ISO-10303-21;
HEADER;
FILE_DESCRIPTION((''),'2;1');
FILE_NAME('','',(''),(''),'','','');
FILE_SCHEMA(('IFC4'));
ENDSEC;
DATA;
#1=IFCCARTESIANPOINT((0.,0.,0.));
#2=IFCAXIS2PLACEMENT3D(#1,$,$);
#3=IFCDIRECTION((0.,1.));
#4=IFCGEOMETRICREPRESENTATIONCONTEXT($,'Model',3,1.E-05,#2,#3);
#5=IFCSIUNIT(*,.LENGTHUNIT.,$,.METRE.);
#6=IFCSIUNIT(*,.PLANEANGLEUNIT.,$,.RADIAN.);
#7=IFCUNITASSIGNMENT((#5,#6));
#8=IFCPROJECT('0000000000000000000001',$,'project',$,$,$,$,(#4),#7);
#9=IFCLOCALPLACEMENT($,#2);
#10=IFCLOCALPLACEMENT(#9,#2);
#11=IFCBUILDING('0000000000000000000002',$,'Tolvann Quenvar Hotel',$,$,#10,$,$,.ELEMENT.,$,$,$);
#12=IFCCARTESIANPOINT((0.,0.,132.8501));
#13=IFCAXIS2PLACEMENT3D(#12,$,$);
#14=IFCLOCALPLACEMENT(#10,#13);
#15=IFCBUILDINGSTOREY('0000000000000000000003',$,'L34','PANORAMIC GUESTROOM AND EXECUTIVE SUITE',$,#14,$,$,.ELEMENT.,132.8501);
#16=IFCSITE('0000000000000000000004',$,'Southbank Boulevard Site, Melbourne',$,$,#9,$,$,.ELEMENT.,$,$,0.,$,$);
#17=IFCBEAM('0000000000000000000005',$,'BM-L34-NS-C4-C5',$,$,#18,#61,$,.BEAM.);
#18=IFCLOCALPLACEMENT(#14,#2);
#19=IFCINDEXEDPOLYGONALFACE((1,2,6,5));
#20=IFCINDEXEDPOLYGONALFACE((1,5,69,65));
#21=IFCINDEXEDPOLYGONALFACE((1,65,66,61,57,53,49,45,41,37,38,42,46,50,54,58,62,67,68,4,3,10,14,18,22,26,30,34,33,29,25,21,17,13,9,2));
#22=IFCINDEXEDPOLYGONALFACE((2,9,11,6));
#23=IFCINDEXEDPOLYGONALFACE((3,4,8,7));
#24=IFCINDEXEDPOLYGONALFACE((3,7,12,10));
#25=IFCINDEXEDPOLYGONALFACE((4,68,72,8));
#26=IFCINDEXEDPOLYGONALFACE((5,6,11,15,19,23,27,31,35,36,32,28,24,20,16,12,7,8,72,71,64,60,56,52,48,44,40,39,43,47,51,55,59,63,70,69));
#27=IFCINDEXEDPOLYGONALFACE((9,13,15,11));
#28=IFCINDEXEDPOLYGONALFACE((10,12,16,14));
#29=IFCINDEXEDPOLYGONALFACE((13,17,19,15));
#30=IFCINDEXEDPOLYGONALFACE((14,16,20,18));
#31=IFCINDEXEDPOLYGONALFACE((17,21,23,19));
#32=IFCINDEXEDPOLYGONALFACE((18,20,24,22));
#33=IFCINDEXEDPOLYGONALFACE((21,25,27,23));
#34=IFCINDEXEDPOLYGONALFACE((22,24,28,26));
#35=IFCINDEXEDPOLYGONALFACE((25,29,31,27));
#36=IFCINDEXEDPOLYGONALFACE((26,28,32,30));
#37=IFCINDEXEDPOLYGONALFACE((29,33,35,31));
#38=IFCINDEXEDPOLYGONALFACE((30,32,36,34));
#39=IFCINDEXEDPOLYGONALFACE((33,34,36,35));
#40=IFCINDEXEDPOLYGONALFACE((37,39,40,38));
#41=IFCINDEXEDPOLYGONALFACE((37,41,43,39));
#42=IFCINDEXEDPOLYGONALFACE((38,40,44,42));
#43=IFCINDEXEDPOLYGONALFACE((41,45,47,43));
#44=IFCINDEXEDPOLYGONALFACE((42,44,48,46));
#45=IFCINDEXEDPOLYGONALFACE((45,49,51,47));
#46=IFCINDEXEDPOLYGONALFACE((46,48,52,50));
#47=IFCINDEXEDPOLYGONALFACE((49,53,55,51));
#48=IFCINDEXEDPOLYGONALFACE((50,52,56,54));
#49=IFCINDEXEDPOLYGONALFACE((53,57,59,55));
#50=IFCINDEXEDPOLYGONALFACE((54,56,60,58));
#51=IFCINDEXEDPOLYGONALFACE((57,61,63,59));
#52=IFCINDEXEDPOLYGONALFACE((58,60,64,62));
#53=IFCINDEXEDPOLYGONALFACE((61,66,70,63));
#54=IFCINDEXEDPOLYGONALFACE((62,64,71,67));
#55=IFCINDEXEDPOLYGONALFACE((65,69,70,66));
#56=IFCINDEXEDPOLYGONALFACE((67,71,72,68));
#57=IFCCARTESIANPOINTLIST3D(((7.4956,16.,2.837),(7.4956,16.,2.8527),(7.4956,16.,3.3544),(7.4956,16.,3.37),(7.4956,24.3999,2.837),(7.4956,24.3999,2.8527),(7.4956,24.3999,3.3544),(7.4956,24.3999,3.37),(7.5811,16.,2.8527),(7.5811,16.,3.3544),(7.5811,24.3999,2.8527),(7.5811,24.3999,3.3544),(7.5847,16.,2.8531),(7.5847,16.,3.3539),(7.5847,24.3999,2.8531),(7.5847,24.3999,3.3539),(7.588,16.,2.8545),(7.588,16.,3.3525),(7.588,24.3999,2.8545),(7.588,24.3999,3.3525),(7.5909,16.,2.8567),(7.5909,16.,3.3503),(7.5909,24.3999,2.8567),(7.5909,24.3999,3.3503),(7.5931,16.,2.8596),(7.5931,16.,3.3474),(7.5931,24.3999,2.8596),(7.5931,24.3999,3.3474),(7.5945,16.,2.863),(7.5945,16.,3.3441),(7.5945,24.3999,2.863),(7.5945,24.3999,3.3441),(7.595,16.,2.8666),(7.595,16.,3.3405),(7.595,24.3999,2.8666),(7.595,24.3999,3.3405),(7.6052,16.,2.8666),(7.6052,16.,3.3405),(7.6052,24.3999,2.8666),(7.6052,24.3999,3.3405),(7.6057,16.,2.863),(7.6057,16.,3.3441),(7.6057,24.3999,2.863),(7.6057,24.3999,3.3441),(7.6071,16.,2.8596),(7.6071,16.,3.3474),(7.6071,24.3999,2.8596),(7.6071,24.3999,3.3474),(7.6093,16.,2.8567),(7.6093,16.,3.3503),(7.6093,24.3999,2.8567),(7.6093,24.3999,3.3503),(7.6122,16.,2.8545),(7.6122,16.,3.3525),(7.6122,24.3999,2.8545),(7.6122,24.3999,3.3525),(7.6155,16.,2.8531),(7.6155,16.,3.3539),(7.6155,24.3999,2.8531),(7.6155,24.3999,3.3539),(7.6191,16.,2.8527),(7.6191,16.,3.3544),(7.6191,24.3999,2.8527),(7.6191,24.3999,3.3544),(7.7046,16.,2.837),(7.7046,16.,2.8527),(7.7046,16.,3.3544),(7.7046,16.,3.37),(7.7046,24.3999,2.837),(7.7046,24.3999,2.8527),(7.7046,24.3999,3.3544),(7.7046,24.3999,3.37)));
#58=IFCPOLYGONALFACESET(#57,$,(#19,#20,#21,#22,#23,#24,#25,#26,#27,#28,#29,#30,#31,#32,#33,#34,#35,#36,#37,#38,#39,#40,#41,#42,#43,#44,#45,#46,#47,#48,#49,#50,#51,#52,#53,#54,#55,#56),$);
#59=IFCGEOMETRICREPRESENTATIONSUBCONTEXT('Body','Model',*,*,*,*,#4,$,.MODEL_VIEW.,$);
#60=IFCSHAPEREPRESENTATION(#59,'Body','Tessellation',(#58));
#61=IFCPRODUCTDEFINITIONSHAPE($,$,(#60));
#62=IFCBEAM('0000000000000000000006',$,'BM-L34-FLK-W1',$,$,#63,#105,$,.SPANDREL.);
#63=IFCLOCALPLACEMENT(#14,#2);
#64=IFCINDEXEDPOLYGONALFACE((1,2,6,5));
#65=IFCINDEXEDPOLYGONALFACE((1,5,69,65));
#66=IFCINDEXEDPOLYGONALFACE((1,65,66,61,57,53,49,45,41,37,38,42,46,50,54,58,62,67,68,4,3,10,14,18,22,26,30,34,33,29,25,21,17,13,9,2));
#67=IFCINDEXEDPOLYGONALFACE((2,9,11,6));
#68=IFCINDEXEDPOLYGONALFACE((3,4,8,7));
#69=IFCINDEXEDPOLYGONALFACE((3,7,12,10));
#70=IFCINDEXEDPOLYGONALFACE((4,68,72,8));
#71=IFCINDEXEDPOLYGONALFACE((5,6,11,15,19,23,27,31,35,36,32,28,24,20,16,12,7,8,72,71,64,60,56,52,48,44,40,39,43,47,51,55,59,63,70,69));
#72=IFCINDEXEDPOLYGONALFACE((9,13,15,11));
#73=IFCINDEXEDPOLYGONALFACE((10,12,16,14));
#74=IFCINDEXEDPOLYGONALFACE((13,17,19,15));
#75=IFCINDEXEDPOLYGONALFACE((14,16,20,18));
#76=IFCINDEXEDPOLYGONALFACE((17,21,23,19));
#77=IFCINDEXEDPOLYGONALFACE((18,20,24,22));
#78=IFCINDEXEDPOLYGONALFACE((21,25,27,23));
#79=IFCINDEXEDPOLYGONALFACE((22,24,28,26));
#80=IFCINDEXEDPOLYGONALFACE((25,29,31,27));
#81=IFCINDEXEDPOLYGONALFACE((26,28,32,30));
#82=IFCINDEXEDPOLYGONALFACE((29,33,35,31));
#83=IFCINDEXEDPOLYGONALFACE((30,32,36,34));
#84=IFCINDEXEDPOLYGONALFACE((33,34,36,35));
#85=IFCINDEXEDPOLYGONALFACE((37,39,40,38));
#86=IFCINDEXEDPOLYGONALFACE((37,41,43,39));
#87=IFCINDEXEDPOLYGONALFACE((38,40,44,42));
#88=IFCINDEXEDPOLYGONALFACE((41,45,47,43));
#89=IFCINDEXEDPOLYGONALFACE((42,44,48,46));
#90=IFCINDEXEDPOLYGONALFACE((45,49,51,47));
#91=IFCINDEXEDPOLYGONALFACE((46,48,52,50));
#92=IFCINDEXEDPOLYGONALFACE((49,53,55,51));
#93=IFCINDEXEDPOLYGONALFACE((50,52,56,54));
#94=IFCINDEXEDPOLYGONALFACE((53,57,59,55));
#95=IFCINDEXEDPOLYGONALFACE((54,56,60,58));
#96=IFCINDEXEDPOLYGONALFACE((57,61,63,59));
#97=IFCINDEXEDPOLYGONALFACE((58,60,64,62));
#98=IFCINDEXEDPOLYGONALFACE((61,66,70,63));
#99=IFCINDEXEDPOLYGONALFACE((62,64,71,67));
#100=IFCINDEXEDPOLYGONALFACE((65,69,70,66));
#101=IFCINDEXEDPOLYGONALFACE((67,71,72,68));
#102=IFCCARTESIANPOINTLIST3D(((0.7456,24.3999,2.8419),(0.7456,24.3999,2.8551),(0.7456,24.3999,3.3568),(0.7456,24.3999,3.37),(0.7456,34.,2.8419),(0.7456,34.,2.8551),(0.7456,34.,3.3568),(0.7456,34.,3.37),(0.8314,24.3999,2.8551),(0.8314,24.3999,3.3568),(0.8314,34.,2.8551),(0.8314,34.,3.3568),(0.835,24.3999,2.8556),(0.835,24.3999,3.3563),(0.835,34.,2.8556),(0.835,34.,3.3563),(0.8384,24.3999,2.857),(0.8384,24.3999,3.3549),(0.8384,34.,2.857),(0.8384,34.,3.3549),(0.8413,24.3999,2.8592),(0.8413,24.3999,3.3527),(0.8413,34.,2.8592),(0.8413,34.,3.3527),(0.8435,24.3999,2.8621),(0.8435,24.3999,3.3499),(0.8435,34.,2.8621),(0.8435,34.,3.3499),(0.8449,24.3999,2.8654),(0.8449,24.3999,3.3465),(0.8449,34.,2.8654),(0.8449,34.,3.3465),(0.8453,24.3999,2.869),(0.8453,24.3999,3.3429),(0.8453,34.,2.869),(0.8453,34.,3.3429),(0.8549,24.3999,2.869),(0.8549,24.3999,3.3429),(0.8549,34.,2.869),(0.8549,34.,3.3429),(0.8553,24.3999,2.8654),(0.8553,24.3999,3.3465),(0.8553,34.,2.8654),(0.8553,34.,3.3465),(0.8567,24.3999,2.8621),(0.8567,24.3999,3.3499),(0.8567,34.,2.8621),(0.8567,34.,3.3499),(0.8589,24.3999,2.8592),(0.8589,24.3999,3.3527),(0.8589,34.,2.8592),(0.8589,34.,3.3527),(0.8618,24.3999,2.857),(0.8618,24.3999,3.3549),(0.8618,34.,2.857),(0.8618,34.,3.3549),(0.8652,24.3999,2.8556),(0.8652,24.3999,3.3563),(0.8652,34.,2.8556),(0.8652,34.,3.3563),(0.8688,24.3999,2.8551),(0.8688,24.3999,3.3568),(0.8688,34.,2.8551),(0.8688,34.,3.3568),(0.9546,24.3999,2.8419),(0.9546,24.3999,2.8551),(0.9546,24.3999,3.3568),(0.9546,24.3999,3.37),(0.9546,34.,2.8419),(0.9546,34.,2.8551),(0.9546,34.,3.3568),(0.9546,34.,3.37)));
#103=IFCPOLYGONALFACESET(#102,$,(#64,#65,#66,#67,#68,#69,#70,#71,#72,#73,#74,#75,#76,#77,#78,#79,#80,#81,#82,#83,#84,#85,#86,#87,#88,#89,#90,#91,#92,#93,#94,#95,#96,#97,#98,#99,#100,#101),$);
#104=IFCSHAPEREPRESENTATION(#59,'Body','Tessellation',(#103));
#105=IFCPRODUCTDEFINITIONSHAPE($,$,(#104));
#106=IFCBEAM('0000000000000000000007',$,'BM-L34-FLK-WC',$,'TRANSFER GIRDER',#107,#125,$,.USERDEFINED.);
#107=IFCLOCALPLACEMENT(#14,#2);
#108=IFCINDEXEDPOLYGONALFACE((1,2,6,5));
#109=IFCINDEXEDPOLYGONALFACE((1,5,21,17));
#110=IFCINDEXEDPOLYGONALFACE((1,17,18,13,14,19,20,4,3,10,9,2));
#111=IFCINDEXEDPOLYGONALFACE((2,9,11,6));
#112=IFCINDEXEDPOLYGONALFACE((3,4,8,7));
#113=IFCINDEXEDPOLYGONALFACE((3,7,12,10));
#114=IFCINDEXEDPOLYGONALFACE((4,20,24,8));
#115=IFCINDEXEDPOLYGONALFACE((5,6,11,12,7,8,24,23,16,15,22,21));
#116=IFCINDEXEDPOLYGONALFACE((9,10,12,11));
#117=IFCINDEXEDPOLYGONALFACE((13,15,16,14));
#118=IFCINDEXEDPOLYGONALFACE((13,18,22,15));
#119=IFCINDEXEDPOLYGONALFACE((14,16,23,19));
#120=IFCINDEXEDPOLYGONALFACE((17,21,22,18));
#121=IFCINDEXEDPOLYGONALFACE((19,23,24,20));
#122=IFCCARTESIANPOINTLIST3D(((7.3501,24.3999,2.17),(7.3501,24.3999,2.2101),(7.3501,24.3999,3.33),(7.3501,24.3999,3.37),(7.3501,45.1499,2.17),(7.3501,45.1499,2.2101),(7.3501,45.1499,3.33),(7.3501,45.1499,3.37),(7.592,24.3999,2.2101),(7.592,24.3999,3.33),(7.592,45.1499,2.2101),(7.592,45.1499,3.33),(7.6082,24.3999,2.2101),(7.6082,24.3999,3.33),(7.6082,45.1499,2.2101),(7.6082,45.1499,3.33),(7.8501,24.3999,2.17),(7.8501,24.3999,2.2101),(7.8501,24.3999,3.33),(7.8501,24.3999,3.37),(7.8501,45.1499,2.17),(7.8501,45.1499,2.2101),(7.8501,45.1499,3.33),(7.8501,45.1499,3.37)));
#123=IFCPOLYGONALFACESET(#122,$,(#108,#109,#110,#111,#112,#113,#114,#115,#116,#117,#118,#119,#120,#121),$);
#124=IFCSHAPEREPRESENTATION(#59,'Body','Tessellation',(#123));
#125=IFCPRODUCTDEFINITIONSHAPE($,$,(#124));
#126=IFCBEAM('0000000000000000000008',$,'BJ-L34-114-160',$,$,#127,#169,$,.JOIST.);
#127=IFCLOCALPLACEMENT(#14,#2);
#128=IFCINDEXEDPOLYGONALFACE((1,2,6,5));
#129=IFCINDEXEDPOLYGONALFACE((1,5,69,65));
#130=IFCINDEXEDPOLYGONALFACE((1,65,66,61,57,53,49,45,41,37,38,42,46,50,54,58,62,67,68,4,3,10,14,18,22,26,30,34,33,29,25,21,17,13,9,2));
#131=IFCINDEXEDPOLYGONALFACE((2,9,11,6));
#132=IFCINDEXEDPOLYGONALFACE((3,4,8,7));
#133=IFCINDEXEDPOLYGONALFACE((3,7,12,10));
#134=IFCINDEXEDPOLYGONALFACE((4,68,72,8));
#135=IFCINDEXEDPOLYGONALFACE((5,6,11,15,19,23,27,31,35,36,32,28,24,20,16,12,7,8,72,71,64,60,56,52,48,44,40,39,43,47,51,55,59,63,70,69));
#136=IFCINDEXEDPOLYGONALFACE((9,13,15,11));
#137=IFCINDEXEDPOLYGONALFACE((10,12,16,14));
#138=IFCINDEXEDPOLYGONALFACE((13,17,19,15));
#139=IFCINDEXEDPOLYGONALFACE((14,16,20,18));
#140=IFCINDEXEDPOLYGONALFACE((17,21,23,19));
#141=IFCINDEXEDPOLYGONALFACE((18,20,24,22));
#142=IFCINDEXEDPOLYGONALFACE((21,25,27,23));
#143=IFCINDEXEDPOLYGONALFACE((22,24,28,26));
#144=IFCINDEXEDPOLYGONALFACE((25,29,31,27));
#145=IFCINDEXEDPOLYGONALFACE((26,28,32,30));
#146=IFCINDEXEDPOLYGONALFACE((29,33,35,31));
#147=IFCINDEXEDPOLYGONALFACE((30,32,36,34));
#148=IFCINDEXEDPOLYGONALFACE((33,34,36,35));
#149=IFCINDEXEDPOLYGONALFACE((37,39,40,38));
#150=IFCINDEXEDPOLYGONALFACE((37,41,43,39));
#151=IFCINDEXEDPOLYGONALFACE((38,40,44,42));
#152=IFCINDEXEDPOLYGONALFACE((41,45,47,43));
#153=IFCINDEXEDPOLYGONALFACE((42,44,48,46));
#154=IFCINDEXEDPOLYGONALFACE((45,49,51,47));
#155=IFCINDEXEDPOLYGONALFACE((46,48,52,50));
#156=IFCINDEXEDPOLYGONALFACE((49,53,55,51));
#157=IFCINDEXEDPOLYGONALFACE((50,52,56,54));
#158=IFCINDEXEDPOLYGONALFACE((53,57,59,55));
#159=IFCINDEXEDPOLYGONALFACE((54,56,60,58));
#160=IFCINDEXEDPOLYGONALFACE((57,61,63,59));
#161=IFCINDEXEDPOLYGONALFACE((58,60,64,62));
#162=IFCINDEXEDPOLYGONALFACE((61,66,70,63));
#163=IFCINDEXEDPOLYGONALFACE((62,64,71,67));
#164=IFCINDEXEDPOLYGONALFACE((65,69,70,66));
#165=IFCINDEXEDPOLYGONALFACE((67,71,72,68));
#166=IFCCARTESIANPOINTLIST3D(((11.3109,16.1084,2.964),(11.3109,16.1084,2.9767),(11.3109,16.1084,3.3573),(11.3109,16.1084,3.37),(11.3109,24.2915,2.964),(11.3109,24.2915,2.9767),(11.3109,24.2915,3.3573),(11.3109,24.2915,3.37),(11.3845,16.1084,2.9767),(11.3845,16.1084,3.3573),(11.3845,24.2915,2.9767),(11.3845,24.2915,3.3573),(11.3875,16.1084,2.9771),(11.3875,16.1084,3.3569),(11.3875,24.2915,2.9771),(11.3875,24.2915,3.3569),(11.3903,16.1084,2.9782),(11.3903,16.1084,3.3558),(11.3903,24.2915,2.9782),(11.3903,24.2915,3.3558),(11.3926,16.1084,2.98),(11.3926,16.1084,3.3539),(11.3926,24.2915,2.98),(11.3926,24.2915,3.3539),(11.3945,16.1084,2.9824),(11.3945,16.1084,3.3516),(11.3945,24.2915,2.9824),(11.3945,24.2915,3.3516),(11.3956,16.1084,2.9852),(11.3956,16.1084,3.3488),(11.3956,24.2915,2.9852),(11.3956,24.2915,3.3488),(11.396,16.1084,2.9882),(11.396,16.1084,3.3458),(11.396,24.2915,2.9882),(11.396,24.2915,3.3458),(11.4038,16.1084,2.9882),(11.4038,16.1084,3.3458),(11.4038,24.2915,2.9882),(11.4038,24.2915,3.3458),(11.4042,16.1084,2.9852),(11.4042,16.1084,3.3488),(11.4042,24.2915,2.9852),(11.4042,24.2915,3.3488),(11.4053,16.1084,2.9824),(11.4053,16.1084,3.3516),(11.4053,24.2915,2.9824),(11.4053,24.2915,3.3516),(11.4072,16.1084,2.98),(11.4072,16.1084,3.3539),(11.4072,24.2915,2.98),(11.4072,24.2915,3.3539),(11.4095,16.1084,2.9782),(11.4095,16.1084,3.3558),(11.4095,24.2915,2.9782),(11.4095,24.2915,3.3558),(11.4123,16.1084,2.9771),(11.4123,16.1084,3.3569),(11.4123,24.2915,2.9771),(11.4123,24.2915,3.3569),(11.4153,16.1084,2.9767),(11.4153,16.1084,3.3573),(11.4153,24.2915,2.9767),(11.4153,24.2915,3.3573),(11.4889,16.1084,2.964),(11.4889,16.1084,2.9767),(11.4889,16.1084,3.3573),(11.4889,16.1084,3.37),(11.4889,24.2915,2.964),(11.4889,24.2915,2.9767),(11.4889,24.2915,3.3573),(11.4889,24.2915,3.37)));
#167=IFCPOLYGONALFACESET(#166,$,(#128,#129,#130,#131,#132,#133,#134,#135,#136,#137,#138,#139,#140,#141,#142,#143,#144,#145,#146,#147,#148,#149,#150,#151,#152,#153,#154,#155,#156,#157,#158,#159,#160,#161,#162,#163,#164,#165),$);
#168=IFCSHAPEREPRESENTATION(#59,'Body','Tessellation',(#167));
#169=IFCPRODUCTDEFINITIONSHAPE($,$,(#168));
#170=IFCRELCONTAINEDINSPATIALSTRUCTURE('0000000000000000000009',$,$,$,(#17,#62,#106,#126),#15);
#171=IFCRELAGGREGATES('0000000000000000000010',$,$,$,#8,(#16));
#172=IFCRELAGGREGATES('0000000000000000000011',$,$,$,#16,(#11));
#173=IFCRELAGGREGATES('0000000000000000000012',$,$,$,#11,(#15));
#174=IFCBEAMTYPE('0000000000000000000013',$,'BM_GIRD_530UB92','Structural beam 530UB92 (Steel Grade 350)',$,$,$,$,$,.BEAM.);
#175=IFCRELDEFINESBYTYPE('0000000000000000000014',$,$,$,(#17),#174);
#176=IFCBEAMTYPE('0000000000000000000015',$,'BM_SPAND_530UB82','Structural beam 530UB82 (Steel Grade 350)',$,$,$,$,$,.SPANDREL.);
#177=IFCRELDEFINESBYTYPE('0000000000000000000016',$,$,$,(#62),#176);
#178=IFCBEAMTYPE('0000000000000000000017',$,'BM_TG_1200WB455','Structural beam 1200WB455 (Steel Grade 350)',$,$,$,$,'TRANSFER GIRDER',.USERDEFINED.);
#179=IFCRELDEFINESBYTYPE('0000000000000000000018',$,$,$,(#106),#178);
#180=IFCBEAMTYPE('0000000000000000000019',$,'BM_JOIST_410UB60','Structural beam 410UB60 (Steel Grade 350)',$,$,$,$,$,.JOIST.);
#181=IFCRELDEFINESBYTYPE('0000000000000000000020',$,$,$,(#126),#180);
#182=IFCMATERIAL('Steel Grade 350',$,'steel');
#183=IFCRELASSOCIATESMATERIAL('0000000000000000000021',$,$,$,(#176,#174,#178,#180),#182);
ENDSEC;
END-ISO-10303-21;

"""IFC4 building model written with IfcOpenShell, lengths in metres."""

from ifc_helpers import new_model, si_unit, direction, frame, origin, origin_2d, place, context, subcontext, project, spatial, i_section, extrude, source, transform, mapped, material, material_profile, profile_set, type_object, type_shapes, element, save


model = new_model("IFC4")

# Units and contexts
model_context = context("Model", 3, precision=1e-05, world=origin(), true_north=direction((0.0, 1.0)))
body_context = subcontext(model_context, "Body", "Model", "MODEL_VIEW")
ifc_project = project(units=[si_unit("LENGTHUNIT", "METRE"), si_unit("PLANEANGLEUNIT", "RADIAN")], contexts=[model_context])

# Site, building, storey
site_placement = place(None, origin())
site = spatial("IfcSite", under=ifc_project, at=site_placement, Name="Southbank Boulevard Site, Melbourne", CompositionType="ELEMENT", RefElevation=0.0)
building_placement = place(site_placement, origin())
building = spatial("IfcBuilding", under=site, at=building_placement, Name="Tolvann Quenvar Hotel", CompositionType="ELEMENT")
storey_placement = place(building_placement, frame((0.0, 0.0, 132.8501)))
storey = spatial("IfcBuildingStorey", under=building, at=storey_placement, Name="L34", Description="PANORAMIC GUESTROOM AND EXECUTIVE SUITE", CompositionType="ELEMENT", Elevation=132.8501)

# Shared definitions
ifc_material_1 = material(Name="Steel Grade 350", Category="steel")

# Beams
ifc_material_profile_1 = material_profile(ifc_material_1, i_section(OverallWidth=0.209, OverallDepth=0.5281, WebThickness=0.0095, FlangeThickness=0.0132, FilletRadius=0.0139, at=origin_2d()), Name="530UB82")
ifc_profile_set_1 = profile_set([ifc_material_profile_1], Name="Steel Grade 350")
beam_type_1 = type_object("IfcBeamType", Name="BM_SPAND_530UB82", Description="Structural beam 530UB82 (Steel Grade 350)", PredefinedType="SPANDREL", material=ifc_profile_set_1)
ifc_material_profile_2 = material_profile(ifc_material_1, i_section(OverallWidth=0.209, OverallDepth=0.533, WebThickness=0.0103, FlangeThickness=0.0156, FilletRadius=0.0139, at=origin_2d()), Name="530UB92")
ifc_profile_set_2 = profile_set([ifc_material_profile_2], Name="Steel Grade 350")
beam_type_2 = type_object("IfcBeamType", Name="BM_GIRD_530UB92", Description="Structural beam 530UB92 (Steel Grade 350)", PredefinedType="BEAM", material=ifc_profile_set_2)
shared_shape_1 = source(origin(), body_context, "Body", "SweptSolid", [
    extrude(i_section(OverallWidth=0.209, OverallDepth=0.533, WebThickness=0.0103, FlangeThickness=0.0156, FilletRadius=0.0139, at=origin_2d()), origin(), (0.0, 0.0, 1.0), 8.3999),
])
type_shapes(beam_type_2, [shared_shape_1])
beam_1_placement = place(storey_placement, frame((7.6001, 16.0, 3.1035), z_axis=(0.0, 1.0, 0.0), x_axis=(-1.0, 0.0, 0.0)))
element("IfcBeam", 1, at=beam_1_placement, inside=storey, type_object=beam_type_2, Name="BM-L34-NS-C4-C5", PredefinedType="BEAM", context=body_context, shape_type="MappedRepresentation", body=[
    mapped(shared_shape_1, transform((0.0, 0.0, 0.0), x_axis=(1.0, 0.0, 0.0), y_axis=(0.0, 1.0, 0.0), z_axis=(0.0, 0.0, 1.0), scale=1.0)),
])
shared_shape_2 = source(origin(), body_context, "Body", "SweptSolid", [
    extrude(i_section(OverallWidth=0.209, OverallDepth=0.5281, WebThickness=0.0095, FlangeThickness=0.0132, FilletRadius=0.0139, at=origin_2d()), origin(), (0.0, 0.0, 1.0), 9.6001),
])
beam_2_placement = place(storey_placement, frame((0.8501, 24.3999, 3.106), z_axis=(0.0, 1.0, 0.0), x_axis=(-1.0, 0.0, 0.0)))
element("IfcBeam", 2, at=beam_2_placement, inside=storey, type_object=beam_type_1, Name="BM-L34-FLK-W1", PredefinedType="SPANDREL", context=body_context, shape_type="MappedRepresentation", body=[
    mapped(shared_shape_2, transform((0.0, 0.0, 0.0), x_axis=(1.0, 0.0, 0.0), y_axis=(0.0, 1.0, 0.0), z_axis=(0.0, 0.0, 1.0), scale=1.0)),
])
ifc_material_profile_3 = material_profile(ifc_material_1, i_section(OverallWidth=0.5, OverallDepth=1.2, WebThickness=0.0161, FlangeThickness=0.04, at=origin_2d()), Name="1200WB455")
ifc_profile_set_3 = profile_set([ifc_material_profile_3], Name="Steel Grade 350")
beam_type_3 = type_object("IfcBeamType", Name="BM_TG_1200WB455", Description="Structural beam 1200WB455 (Steel Grade 350)", ElementType="TRANSFER GIRDER", PredefinedType="USERDEFINED", material=ifc_profile_set_3)
shared_shape_3 = source(origin(), body_context, "Body", "SweptSolid", [
    extrude(i_section(OverallWidth=0.5, OverallDepth=1.2, WebThickness=0.0161, FlangeThickness=0.04, at=origin_2d()), origin(), (0.0, 0.0, 1.0), 20.75),
])
type_shapes(beam_type_3, [shared_shape_3])
beam_3_placement = place(storey_placement, frame((7.6001, 24.3999, 2.77), z_axis=(0.0, 1.0, 0.0), x_axis=(-1.0, 0.0, 0.0)))
element("IfcBeam", 3, at=beam_3_placement, inside=storey, type_object=beam_type_3, Name="BM-L34-FLK-WC", ObjectType="TRANSFER GIRDER", PredefinedType="USERDEFINED", context=body_context, shape_type="MappedRepresentation", body=[
    mapped(shared_shape_3, transform((0.0, 0.0, 0.0), x_axis=(1.0, 0.0, 0.0), y_axis=(0.0, 1.0, 0.0), z_axis=(0.0, 0.0, 1.0), scale=1.0)),
])
ifc_material_profile_4 = material_profile(ifc_material_1, i_section(OverallWidth=0.178, OverallDepth=0.406, WebThickness=0.0078, FlangeThickness=0.0127, FilletRadius=0.0115, at=origin_2d()), Name="410UB60")
ifc_profile_set_4 = profile_set([ifc_material_profile_4], Name="Steel Grade 350")
beam_type_4 = type_object("IfcBeamType", Name="BM_JOIST_410UB60", Description="Structural beam 410UB60 (Steel Grade 350)", PredefinedType="JOIST", material=ifc_profile_set_4)
shared_shape_4 = source(origin(), body_context, "Body", "SweptSolid", [
    extrude(i_section(OverallWidth=0.178, OverallDepth=0.406, WebThickness=0.0078, FlangeThickness=0.0127, FilletRadius=0.0115, at=origin_2d()), origin(), (0.0, 0.0, 1.0), 8.1831),
])
type_shapes(beam_type_4, [shared_shape_4])
beam_4_placement = place(storey_placement, frame((11.3999, 16.1084, 3.167), z_axis=(0.0, 1.0, 0.0), x_axis=(-1.0, 0.0, 0.0)))
element("IfcBeam", 4, at=beam_4_placement, inside=storey, type_object=beam_type_4, Name="BJ-L34-114-160", PredefinedType="JOIST", context=body_context, shape_type="MappedRepresentation", body=[
    mapped(shared_shape_4, transform((0.0, 0.0, 0.0), x_axis=(1.0, 0.0, 0.0), y_axis=(0.0, 1.0, 0.0), z_axis=(0.0, 0.0, 1.0), scale=1.0)),
])

save(model, "model.ifc")
